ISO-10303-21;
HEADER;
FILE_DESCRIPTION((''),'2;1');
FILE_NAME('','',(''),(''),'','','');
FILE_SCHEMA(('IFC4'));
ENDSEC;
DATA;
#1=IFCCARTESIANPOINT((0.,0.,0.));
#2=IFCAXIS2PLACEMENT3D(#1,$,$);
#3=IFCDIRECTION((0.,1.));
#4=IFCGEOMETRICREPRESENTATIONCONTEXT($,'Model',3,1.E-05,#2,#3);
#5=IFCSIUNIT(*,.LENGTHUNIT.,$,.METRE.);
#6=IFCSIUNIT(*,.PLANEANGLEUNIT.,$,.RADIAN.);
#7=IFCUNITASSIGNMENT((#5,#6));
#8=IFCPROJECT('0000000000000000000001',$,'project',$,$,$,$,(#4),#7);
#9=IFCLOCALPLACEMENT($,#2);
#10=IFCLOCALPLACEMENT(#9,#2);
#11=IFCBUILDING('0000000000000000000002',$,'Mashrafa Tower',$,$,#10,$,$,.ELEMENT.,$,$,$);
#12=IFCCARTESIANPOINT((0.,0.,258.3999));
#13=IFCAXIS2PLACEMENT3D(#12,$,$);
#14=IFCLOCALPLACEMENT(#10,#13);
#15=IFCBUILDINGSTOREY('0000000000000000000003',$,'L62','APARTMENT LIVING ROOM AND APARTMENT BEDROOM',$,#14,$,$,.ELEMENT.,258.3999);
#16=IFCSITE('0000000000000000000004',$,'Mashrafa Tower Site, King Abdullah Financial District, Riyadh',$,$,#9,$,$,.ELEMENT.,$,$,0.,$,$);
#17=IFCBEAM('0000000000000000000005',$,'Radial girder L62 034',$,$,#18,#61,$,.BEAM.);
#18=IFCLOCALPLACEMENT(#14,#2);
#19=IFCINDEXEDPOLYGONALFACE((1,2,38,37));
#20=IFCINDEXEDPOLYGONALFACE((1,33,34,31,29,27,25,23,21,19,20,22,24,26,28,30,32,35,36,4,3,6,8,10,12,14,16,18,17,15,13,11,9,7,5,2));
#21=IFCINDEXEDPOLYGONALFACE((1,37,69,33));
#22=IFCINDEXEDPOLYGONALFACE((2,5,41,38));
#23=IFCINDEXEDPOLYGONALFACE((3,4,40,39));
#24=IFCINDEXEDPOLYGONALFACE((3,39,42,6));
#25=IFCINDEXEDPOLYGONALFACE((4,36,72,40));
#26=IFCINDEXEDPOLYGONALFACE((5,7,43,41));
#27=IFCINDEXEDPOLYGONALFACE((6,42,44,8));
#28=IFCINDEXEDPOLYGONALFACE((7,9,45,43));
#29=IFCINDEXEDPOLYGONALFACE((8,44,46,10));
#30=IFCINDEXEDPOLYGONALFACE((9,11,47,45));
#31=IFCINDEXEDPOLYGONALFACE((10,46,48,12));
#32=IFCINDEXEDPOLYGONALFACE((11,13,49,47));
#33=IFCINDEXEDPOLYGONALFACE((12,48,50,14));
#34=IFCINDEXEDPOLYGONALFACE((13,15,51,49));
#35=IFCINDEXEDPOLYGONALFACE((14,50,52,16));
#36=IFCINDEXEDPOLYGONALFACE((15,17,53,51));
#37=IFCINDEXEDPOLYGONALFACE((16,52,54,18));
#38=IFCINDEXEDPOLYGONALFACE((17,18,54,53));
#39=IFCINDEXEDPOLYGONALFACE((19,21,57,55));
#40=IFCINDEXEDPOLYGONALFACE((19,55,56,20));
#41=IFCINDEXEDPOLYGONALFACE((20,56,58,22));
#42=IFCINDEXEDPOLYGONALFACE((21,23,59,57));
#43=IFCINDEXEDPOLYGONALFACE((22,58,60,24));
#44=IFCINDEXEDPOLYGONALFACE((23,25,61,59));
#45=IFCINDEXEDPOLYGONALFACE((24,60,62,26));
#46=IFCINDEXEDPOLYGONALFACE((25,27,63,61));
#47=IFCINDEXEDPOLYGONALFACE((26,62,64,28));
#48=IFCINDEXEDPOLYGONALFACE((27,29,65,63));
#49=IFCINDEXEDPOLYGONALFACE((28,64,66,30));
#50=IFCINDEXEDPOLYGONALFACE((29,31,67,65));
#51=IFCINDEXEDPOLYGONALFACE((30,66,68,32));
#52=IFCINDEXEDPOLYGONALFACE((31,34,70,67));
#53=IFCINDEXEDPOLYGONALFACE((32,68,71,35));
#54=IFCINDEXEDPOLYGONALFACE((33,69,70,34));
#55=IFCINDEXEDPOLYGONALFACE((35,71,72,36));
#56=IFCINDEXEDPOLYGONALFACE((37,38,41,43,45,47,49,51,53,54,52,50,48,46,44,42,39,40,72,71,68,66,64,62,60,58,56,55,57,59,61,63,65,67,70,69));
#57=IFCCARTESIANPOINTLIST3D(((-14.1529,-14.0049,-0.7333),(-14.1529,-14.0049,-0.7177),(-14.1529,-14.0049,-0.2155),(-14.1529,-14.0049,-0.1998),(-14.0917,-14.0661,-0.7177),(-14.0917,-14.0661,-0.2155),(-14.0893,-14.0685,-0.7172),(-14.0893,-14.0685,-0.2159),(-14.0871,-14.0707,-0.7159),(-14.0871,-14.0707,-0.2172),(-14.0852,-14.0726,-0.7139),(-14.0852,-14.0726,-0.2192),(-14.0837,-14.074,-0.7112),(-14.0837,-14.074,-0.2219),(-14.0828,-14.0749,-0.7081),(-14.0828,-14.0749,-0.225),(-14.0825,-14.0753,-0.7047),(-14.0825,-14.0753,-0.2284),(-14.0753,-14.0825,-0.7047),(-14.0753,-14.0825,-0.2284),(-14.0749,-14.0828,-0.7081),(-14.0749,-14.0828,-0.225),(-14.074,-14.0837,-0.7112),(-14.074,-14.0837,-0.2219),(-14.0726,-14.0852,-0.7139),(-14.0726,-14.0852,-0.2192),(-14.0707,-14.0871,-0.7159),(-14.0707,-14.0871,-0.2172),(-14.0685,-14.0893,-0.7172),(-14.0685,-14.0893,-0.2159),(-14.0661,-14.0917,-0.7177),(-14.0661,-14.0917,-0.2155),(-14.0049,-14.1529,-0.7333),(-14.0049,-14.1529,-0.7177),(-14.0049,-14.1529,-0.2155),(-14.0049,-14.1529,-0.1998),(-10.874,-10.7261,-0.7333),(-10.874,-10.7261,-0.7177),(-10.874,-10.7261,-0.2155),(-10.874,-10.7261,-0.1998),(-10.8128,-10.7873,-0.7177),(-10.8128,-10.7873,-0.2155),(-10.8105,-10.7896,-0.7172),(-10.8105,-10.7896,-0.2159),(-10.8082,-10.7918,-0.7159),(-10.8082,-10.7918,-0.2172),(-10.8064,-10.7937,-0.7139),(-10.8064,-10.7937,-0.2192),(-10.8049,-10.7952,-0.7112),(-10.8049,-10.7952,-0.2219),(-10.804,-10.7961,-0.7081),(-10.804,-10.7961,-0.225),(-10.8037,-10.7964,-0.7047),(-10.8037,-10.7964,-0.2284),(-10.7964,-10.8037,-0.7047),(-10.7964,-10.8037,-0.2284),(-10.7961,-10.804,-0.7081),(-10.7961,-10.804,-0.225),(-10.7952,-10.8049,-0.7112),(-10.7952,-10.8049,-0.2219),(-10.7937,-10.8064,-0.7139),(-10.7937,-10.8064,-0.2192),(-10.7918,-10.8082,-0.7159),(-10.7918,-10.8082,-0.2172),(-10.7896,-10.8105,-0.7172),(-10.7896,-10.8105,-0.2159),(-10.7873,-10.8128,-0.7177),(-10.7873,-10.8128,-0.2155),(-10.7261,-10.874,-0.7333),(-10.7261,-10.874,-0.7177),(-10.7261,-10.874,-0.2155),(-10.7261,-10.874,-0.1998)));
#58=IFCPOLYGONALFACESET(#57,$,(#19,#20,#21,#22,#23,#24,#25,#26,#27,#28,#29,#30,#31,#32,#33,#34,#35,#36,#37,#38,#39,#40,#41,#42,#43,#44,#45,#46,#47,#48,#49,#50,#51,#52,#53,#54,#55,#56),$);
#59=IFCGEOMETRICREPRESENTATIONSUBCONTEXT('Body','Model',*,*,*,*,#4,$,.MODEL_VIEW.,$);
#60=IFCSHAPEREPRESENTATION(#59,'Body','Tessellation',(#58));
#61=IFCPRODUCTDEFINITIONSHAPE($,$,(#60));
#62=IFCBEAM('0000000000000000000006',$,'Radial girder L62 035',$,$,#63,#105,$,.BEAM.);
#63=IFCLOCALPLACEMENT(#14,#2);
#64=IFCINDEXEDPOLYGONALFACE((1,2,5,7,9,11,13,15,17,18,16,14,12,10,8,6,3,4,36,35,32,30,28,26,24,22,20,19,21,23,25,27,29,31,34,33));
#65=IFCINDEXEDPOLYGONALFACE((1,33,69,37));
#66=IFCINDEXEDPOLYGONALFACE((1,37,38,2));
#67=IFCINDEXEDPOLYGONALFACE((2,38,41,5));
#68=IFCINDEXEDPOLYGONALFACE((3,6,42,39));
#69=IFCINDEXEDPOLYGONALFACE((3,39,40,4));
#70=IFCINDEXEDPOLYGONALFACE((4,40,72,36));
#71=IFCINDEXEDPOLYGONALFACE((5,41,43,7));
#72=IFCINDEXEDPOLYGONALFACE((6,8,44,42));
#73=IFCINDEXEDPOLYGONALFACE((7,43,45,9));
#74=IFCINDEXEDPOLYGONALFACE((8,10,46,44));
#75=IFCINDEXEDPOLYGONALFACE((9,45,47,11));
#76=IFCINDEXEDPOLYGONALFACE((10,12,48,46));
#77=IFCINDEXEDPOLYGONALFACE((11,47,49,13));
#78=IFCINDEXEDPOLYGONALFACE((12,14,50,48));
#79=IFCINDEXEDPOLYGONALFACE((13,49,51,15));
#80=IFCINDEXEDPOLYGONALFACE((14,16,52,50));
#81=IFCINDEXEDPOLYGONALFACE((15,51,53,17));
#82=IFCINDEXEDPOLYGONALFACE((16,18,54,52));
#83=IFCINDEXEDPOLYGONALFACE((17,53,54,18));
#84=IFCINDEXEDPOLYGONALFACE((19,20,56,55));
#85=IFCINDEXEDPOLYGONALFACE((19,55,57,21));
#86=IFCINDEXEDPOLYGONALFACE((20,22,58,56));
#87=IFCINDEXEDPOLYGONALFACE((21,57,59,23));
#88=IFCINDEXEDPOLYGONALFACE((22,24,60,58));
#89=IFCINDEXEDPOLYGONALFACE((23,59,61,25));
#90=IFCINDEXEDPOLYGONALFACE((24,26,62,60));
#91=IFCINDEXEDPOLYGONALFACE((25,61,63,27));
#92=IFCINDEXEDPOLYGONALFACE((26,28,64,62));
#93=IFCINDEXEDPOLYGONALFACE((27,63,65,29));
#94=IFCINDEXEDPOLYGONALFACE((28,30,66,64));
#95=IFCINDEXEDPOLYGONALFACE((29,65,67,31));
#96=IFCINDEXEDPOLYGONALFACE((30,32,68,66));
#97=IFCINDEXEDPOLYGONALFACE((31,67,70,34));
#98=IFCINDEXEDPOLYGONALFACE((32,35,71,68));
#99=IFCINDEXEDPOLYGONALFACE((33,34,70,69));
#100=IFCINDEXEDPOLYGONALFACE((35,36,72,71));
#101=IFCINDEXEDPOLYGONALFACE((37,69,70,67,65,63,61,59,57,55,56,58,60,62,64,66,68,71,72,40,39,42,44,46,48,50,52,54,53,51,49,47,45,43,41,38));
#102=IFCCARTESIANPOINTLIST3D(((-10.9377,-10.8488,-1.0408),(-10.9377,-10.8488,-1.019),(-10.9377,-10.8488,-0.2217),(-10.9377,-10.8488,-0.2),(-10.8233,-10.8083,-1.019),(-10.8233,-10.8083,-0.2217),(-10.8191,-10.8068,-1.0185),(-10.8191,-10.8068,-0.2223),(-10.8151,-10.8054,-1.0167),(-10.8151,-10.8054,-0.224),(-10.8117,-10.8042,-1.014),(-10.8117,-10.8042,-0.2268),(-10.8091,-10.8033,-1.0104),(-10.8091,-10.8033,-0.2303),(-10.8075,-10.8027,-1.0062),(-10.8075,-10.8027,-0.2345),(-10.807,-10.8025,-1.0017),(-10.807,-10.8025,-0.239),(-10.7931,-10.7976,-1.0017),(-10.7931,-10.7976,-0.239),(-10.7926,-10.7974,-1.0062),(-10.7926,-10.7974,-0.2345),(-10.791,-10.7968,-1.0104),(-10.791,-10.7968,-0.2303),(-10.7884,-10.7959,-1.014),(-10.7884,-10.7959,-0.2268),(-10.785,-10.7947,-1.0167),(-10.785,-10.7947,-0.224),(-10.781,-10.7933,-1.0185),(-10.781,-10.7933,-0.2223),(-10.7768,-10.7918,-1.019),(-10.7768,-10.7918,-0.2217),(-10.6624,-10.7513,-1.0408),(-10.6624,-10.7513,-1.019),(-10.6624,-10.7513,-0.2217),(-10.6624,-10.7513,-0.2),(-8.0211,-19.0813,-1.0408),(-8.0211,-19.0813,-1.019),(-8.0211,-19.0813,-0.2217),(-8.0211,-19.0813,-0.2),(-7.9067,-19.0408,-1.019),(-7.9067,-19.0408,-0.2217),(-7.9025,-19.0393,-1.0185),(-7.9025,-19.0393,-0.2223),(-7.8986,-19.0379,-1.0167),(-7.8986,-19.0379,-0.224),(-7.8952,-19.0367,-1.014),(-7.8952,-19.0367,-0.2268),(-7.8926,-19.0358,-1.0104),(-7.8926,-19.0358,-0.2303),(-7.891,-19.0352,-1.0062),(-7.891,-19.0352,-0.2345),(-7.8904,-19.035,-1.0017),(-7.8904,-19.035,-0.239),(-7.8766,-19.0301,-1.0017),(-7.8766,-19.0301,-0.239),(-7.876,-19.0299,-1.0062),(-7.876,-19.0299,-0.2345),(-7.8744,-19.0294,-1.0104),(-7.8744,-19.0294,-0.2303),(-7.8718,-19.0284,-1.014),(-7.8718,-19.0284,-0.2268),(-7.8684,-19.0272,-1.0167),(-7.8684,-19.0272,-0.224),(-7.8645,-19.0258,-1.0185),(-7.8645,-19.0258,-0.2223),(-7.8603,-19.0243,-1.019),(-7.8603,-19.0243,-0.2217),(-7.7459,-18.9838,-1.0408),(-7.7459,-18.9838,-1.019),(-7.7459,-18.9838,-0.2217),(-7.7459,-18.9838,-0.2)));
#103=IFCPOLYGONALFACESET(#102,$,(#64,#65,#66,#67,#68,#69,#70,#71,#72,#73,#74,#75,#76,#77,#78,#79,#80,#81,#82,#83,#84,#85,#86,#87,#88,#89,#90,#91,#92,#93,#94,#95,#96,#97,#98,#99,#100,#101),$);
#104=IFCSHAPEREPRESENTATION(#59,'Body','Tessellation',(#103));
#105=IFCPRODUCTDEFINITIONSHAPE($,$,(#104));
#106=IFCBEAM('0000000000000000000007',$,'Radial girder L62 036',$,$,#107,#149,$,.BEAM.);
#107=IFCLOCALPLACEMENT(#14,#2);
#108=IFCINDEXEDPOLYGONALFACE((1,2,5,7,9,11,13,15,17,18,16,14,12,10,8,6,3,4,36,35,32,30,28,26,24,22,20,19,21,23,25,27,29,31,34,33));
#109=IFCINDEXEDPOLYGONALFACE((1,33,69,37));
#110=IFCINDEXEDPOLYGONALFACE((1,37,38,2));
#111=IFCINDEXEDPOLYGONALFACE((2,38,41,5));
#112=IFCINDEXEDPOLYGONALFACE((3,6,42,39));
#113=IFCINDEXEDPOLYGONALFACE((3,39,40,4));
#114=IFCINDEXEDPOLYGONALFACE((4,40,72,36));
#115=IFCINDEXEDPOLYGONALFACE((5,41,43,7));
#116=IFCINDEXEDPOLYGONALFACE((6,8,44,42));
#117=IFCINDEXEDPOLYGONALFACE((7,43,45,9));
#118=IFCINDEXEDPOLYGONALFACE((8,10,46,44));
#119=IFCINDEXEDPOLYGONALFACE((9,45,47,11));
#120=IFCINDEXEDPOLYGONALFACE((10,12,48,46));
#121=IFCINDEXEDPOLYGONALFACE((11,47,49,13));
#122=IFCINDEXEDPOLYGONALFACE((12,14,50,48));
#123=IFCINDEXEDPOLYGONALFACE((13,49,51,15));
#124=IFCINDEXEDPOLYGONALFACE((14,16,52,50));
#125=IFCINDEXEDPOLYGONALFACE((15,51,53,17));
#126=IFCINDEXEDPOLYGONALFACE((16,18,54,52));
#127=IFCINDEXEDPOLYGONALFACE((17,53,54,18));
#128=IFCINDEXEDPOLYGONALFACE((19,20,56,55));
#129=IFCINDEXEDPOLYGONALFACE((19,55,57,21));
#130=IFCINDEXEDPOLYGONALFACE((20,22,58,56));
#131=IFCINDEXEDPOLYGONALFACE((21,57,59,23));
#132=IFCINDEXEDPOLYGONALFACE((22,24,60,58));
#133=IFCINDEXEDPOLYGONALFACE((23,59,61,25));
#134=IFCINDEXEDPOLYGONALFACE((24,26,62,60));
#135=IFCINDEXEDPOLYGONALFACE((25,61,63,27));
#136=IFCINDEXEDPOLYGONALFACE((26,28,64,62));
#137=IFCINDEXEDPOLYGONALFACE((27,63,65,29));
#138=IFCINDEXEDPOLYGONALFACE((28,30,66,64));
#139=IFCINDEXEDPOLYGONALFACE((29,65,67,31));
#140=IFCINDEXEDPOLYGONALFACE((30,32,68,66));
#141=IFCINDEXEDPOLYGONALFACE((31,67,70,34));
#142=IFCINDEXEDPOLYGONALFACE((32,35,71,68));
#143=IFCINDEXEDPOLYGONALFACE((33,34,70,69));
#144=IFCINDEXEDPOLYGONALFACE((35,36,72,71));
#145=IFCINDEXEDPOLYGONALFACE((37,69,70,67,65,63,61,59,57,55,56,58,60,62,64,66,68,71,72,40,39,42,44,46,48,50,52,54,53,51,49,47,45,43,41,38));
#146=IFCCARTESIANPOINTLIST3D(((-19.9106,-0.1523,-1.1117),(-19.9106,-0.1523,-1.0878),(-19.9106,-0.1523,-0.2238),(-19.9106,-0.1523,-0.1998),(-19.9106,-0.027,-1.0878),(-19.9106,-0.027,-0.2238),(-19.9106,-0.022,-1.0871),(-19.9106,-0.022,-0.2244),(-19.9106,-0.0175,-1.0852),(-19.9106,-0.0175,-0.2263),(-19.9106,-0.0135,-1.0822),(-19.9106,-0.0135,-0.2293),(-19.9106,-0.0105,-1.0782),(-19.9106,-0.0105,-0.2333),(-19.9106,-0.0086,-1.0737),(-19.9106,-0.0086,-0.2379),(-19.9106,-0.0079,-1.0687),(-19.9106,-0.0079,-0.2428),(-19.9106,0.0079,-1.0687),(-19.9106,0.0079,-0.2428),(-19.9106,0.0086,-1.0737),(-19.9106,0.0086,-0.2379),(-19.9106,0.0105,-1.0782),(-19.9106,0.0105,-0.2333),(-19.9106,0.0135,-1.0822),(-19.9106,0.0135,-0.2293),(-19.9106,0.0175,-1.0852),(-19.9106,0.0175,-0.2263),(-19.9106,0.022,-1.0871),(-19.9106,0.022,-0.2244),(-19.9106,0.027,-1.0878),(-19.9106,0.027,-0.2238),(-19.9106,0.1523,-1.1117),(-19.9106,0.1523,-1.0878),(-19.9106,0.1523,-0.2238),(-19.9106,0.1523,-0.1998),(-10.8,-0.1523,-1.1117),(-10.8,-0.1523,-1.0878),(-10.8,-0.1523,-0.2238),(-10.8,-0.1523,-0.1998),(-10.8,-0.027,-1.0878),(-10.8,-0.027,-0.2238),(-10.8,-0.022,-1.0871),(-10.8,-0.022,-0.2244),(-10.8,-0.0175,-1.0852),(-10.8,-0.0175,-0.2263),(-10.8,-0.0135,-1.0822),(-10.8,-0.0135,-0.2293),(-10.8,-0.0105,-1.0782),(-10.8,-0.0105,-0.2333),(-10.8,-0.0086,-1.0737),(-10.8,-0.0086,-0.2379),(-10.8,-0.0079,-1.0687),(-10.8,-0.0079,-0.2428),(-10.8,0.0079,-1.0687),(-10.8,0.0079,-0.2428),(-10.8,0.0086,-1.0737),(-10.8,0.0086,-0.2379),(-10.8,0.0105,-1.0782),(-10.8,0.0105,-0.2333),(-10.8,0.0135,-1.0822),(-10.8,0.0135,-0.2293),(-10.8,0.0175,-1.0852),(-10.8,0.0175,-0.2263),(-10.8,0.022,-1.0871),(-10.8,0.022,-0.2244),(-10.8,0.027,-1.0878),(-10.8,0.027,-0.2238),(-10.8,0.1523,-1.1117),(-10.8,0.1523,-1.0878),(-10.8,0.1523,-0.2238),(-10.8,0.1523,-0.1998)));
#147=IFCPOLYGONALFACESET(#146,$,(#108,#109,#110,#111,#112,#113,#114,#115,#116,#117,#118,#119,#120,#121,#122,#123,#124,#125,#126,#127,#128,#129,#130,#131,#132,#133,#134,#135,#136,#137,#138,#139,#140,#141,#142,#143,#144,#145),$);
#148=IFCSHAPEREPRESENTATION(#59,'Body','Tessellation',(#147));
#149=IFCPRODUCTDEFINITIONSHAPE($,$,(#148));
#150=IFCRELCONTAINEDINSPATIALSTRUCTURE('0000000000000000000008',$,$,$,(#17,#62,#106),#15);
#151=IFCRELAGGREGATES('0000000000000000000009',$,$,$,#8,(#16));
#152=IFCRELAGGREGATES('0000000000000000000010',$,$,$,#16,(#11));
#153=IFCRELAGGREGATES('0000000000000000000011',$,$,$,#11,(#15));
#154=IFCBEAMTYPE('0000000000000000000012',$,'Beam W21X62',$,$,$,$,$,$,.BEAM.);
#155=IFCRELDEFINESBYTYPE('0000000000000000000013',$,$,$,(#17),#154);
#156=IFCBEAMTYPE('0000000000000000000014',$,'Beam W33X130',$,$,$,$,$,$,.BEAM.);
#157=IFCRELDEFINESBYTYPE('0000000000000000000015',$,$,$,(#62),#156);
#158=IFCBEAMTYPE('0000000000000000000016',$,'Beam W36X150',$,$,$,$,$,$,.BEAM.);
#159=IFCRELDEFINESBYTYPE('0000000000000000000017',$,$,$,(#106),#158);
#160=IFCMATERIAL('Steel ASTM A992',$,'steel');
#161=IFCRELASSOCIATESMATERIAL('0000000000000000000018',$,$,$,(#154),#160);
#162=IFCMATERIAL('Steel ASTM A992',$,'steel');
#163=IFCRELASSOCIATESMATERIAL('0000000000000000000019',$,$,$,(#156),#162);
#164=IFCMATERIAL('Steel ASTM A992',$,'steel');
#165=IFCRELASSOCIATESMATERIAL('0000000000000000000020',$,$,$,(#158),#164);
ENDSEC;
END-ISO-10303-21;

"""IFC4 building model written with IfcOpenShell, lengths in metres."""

from ifc_helpers import new_model, si_unit, direction, frame, origin, origin_2d, place, context, subcontext, project, spatial, i_section, extrude, material, material_profile, profile_set, type_object, element, save


model = new_model("IFC4")

# Units and contexts
model_context = context("Model", 3, precision=1e-05, world=origin(), true_north=direction((0.0, 1.0)))
body_context = subcontext(model_context, "Body", "Model", "MODEL_VIEW")
ifc_project = project(units=[si_unit("LENGTHUNIT", "METRE"), si_unit("PLANEANGLEUNIT", "RADIAN")], contexts=[model_context])

# Site, building, storey
site_placement = place(None, origin())
site = spatial("IfcSite", under=ifc_project, at=site_placement, Name="Mashrafa Tower Site, King Abdullah Financial District, Riyadh", CompositionType="ELEMENT", RefElevation=0.0)
building_placement = place(site_placement, origin())
building = spatial("IfcBuilding", under=site, at=building_placement, Name="Mashrafa Tower", CompositionType="ELEMENT")
storey_placement = place(building_placement, frame((0.0, 0.0, 258.3999)))
storey = spatial("IfcBuildingStorey", under=building, at=storey_placement, Name="L62", Description="APARTMENT LIVING ROOM AND APARTMENT BEDROOM", CompositionType="ELEMENT", Elevation=258.3999)

# Beams
ifc_material_1 = material(Name="Steel ASTM A992", Category="steel")
ifc_material_profile_1 = material_profile(ifc_material_1, i_section(OverallWidth=0.2092, OverallDepth=0.5334, WebThickness=0.0103, FlangeThickness=0.0156, FilletRadius=0.0129, at=origin_2d()), Name="W21X62")
ifc_profile_set_1 = profile_set([ifc_material_profile_1], Name="Steel ASTM A992")
beam_type_1 = type_object("IfcBeamType", Name="Beam W21X62", PredefinedType="BEAM", material=ifc_profile_set_1)
beam_1_placement = place(storey_placement, frame((-10.8, -10.8, -0.4666), z_axis=(-0.707107, -0.707107, 0.0), x_axis=(0.707107, -0.707107, 0.0)))
element("IfcBeam", 1, at=beam_1_placement, inside=storey, type_object=beam_type_1, Name="Radial girder L62 034", PredefinedType="BEAM", context=body_context, shape_type="SweptSolid", body=[
    extrude(i_section(OverallWidth=0.2092, OverallDepth=0.5334, WebThickness=0.0103, FlangeThickness=0.0156, FilletRadius=0.0129, at=origin_2d()), origin(), (0.0, 0.0, 1.0), 4.637),
])
ifc_material_2 = material(Name="Steel ASTM A992", Category="steel")
ifc_material_profile_2 = material_profile(ifc_material_2, i_section(OverallWidth=0.292, OverallDepth=0.8408, WebThickness=0.0146, FlangeThickness=0.0217, FilletRadius=0.0173, at=origin_2d()), Name="W33X130")
ifc_profile_set_2 = profile_set([ifc_material_profile_2], Name="Steel ASTM A992")
beam_type_2 = type_object("IfcBeamType", Name="Beam W33X130", PredefinedType="BEAM", material=ifc_profile_set_2)
beam_2_placement = place(storey_placement, frame((-10.8, -10.8, -0.6204), z_axis=(0.333934, -0.942596, 0.0), x_axis=(0.942596, 0.333934, 0.0)))
element("IfcBeam", 2, at=beam_2_placement, inside=storey, type_object=beam_type_2, Name="Radial girder L62 035", PredefinedType="BEAM", context=body_context, shape_type="SweptSolid", body=[
    extrude(i_section(OverallWidth=0.292, OverallDepth=0.8408, WebThickness=0.0146, FlangeThickness=0.0217, FilletRadius=0.0173, at=origin_2d()), origin(), (0.0, 0.0, 1.0), 8.7339),
])
ifc_material_3 = material(Name="Steel ASTM A992", Category="steel")
ifc_material_profile_3 = material_profile(ifc_material_3, i_section(OverallWidth=0.3047, OverallDepth=0.9119, WebThickness=0.0159, FlangeThickness=0.0239, FilletRadius=0.019, at=origin_2d()), Name="W36X150")
ifc_profile_set_3 = profile_set([ifc_material_profile_3], Name="Steel ASTM A992")
beam_type_3 = type_object("IfcBeamType", Name="Beam W36X150", PredefinedType="BEAM", material=ifc_profile_set_3)
beam_3_placement = place(storey_placement, frame((-10.8, 0.0, -0.6558), z_axis=(-1.0, 0.0, 0.0), x_axis=(0.0, -1.0, 0.0)))
element("IfcBeam", 3, at=beam_3_placement, inside=storey, type_object=beam_type_3, Name="Radial girder L62 036", PredefinedType="BEAM", context=body_context, shape_type="SweptSolid", body=[
    extrude(i_section(OverallWidth=0.3047, OverallDepth=0.9119, WebThickness=0.0159, FlangeThickness=0.0239, FilletRadius=0.019, at=origin_2d()), origin(), (0.0, 0.0, 1.0), 9.1106),
])

save(model, "model.ifc")
